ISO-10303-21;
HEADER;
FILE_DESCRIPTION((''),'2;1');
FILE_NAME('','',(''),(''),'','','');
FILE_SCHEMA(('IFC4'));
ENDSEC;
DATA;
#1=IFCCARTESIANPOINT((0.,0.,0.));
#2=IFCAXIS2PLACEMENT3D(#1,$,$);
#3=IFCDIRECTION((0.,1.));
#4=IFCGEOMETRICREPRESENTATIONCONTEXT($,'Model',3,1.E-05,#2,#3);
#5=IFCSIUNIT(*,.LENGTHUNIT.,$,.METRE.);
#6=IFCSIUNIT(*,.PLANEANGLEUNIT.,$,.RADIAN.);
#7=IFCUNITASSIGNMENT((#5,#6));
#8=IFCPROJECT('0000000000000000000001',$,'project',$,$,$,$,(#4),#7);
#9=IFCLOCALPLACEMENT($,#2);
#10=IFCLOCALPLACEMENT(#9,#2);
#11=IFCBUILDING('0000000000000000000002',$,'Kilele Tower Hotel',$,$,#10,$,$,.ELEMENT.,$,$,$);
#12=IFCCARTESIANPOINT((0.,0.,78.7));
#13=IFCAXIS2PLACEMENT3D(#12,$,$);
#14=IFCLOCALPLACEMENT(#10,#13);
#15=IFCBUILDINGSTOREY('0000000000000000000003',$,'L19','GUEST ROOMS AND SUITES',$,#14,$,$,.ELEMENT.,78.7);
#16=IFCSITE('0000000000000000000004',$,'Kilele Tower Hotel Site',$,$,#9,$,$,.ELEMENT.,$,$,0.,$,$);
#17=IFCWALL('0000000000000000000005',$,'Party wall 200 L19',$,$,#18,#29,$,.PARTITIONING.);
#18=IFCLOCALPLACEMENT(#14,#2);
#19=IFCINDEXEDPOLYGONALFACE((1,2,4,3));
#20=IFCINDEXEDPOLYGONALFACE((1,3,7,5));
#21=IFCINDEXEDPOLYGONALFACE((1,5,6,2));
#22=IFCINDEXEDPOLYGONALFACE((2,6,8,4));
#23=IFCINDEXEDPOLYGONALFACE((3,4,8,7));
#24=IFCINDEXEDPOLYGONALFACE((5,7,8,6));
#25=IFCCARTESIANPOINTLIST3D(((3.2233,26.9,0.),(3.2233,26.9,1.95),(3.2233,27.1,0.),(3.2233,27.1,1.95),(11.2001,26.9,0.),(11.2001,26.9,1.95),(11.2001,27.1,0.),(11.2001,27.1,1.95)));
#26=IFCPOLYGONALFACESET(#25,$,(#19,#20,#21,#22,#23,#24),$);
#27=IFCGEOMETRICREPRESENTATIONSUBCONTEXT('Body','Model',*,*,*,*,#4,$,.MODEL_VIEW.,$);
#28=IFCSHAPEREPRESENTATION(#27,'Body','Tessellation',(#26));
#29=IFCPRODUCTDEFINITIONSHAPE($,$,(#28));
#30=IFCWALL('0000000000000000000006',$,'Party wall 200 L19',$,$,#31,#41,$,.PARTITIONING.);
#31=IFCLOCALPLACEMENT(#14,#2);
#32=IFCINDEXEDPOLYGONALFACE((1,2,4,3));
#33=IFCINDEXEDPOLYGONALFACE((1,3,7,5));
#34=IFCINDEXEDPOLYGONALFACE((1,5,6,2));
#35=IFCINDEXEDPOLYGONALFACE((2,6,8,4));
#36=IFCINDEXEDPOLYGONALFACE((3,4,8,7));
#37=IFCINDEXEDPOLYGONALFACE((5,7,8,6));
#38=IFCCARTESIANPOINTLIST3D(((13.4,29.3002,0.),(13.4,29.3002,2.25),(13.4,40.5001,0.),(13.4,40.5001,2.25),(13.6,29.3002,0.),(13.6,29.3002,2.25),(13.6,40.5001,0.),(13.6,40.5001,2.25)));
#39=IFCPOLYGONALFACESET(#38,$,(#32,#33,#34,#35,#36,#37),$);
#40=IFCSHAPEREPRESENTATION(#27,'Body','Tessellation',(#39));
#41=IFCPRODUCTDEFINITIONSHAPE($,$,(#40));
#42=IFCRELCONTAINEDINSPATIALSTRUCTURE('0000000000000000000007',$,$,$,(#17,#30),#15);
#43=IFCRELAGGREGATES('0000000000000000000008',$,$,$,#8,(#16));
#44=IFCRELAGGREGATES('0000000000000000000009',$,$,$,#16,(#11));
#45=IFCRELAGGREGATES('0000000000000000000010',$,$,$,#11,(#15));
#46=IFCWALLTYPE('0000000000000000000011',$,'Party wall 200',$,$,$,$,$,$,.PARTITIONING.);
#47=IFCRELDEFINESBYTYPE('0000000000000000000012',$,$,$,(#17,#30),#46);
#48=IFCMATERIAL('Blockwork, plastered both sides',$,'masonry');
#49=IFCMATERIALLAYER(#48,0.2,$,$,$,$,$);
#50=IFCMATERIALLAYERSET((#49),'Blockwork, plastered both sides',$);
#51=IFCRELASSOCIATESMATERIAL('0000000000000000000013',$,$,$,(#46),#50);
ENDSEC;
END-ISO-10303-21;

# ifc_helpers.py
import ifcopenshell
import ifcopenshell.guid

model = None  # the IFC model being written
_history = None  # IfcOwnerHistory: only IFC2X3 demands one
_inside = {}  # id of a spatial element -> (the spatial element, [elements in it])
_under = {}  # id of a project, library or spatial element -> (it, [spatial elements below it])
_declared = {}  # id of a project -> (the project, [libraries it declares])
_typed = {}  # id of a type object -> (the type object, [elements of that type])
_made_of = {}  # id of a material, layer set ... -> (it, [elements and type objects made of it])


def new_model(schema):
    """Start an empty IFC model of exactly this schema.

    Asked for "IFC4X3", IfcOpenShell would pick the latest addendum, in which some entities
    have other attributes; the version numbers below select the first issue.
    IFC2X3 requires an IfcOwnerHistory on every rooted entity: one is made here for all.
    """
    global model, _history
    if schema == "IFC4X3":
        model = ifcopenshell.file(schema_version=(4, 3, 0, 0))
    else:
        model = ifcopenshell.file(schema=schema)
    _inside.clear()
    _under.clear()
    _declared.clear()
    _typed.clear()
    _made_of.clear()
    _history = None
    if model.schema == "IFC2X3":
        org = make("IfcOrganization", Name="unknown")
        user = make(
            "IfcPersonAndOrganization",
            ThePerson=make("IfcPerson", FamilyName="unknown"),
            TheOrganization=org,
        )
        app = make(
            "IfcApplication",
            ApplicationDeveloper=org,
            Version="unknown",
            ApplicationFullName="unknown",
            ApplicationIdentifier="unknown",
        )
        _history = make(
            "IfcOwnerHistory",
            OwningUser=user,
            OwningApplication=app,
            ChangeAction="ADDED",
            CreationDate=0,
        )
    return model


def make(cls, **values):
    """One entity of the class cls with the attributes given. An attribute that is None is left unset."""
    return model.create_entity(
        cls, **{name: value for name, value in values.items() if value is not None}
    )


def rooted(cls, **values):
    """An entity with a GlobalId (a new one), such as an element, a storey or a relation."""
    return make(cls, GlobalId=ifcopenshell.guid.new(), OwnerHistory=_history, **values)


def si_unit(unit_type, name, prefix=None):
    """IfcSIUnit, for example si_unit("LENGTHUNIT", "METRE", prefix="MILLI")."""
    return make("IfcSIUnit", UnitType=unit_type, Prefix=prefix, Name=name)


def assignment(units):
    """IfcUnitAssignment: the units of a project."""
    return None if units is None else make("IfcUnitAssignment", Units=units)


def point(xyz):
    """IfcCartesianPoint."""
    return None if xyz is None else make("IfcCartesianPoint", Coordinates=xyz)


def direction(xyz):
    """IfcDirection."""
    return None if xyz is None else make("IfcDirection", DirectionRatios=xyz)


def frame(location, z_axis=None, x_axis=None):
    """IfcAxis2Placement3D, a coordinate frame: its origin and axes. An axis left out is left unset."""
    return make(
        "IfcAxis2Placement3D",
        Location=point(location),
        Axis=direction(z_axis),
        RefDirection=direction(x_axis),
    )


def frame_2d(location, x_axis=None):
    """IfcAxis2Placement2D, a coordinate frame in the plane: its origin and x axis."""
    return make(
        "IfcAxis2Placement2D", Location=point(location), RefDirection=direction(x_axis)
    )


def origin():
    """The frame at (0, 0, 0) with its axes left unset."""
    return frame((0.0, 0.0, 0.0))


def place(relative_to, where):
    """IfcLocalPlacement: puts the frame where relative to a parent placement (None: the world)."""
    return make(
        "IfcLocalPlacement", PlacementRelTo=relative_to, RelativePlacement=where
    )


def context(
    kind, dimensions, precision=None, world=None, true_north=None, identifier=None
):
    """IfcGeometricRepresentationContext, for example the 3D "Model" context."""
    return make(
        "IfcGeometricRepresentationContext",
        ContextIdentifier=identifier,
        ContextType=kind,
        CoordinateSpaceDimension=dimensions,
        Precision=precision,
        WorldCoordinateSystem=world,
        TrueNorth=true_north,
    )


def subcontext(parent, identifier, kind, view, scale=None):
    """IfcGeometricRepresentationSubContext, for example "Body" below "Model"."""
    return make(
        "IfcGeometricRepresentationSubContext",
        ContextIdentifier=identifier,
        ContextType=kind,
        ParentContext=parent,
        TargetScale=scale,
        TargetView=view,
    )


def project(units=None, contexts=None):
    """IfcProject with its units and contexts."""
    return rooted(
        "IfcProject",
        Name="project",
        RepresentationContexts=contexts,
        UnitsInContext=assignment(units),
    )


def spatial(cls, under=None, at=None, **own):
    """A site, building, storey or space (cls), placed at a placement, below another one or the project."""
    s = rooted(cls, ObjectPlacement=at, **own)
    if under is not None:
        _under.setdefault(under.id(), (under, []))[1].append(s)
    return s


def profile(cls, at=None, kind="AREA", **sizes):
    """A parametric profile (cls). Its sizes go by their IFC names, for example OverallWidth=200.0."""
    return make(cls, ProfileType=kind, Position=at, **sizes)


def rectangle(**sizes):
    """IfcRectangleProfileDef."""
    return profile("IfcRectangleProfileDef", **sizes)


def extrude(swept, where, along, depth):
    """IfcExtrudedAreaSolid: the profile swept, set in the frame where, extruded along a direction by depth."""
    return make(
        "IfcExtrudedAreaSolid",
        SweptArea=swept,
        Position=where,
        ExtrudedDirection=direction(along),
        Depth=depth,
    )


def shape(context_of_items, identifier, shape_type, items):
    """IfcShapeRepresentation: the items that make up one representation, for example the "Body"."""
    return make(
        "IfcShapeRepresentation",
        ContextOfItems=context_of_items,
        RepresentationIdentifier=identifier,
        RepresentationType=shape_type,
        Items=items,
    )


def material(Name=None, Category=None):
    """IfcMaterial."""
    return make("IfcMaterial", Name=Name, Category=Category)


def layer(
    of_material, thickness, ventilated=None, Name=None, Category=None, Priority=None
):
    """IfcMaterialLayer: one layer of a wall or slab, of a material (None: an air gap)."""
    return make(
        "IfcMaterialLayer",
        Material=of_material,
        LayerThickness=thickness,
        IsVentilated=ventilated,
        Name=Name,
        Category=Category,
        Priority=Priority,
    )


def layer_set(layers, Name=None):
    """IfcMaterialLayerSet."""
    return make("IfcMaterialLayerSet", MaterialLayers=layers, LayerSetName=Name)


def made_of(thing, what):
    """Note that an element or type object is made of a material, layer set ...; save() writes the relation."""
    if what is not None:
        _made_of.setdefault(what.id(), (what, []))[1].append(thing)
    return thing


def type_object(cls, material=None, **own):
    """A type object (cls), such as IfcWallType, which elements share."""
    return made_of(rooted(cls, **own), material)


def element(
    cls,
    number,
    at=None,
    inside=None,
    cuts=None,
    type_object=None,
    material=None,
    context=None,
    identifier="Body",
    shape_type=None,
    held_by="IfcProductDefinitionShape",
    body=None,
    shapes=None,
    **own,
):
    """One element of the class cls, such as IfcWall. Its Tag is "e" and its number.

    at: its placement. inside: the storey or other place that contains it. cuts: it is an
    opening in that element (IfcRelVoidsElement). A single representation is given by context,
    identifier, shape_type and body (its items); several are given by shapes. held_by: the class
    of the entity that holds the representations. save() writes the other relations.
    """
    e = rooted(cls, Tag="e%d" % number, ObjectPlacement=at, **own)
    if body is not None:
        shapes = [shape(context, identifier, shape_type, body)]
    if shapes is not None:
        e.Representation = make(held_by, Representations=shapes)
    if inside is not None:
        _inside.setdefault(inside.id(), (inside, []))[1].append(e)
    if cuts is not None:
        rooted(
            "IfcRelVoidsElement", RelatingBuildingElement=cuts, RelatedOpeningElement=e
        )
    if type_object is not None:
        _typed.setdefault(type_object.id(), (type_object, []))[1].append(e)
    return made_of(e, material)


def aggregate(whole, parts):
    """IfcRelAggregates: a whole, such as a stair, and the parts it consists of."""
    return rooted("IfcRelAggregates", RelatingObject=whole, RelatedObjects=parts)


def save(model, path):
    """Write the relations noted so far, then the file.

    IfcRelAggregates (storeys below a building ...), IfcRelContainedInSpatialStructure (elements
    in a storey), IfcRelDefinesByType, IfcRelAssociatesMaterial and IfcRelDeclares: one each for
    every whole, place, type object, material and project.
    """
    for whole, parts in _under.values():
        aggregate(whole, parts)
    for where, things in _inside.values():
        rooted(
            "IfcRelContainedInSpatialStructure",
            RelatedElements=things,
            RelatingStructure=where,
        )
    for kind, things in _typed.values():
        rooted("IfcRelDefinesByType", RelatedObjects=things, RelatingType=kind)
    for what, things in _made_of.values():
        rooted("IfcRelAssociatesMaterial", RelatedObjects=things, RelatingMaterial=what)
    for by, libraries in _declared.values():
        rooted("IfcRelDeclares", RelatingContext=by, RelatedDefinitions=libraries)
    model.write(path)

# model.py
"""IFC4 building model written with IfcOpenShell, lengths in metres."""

from ifc_helpers import new_model, si_unit, direction, frame, frame_2d, origin, place, context, subcontext, project, spatial, rectangle, extrude, material, layer, layer_set, type_object, element, save


model = new_model("IFC4")

# Units and contexts
model_context = context("Model", 3, precision=1e-05, world=origin(), true_north=direction((0.0, 1.0)))
body_context = subcontext(model_context, "Body", "Model", "MODEL_VIEW")
ifc_project = project(units=[si_unit("LENGTHUNIT", "METRE"), si_unit("PLANEANGLEUNIT", "RADIAN")], contexts=[model_context])

# Site, building, storey
site_placement = place(None, origin())
site = spatial("IfcSite", under=ifc_project, at=site_placement, Name="Kilele Tower Hotel Site", CompositionType="ELEMENT", RefElevation=0.0)
building_placement = place(site_placement, origin())
building = spatial("IfcBuilding", under=site, at=building_placement, Name="Kilele Tower Hotel", CompositionType="ELEMENT")
storey_placement = place(building_placement, frame((0.0, 0.0, 78.7)))
storey = spatial("IfcBuildingStorey", under=building, at=storey_placement, Name="L19", Description="GUEST ROOMS AND SUITES", CompositionType="ELEMENT", Elevation=78.7)

# Walls
ifc_material_1 = material(Name="Blockwork, plastered both sides", Category="masonry")
ifc_layer_1 = layer(ifc_material_1, 0.2)
ifc_layer_set_1 = layer_set([ifc_layer_1], Name="Blockwork, plastered both sides")
wall_type_1 = type_object("IfcWallType", Name="Party wall 200", PredefinedType="PARTITIONING", material=ifc_layer_set_1)
wall_1_placement = place(storey_placement, frame((11.2, 27.0, 0.0), z_axis=(0.0, 0.0, 1.0), x_axis=(-1.0, 0.0, 0.0)))
element("IfcWall", 1, at=wall_1_placement, inside=storey, type_object=wall_type_1, Name="Party wall 200 L19", PredefinedType="PARTITIONING", context=body_context, shape_type="SweptSolid", body=[
    extrude(rectangle(XDim=7.9768, YDim=0.2, at=frame_2d((3.9883, 0.0))), origin(), (0.0, 0.0, 1.0), 1.95),
])
wall_2_placement = place(storey_placement, frame((13.5, 29.3, 0.0), z_axis=(0.0, 0.0, 1.0), x_axis=(0.0, 1.0, 0.0)))
element("IfcWall", 2, at=wall_2_placement, inside=storey, type_object=wall_type_1, Name="Party wall 200 L19", PredefinedType="PARTITIONING", context=body_context, shape_type="SweptSolid", body=[
    extrude(rectangle(XDim=11.2, YDim=0.2, at=frame_2d((5.6001, 0.0))), origin(), (0.0, 0.0, 1.0), 2.25),
])

save(model, "model.ifc")
